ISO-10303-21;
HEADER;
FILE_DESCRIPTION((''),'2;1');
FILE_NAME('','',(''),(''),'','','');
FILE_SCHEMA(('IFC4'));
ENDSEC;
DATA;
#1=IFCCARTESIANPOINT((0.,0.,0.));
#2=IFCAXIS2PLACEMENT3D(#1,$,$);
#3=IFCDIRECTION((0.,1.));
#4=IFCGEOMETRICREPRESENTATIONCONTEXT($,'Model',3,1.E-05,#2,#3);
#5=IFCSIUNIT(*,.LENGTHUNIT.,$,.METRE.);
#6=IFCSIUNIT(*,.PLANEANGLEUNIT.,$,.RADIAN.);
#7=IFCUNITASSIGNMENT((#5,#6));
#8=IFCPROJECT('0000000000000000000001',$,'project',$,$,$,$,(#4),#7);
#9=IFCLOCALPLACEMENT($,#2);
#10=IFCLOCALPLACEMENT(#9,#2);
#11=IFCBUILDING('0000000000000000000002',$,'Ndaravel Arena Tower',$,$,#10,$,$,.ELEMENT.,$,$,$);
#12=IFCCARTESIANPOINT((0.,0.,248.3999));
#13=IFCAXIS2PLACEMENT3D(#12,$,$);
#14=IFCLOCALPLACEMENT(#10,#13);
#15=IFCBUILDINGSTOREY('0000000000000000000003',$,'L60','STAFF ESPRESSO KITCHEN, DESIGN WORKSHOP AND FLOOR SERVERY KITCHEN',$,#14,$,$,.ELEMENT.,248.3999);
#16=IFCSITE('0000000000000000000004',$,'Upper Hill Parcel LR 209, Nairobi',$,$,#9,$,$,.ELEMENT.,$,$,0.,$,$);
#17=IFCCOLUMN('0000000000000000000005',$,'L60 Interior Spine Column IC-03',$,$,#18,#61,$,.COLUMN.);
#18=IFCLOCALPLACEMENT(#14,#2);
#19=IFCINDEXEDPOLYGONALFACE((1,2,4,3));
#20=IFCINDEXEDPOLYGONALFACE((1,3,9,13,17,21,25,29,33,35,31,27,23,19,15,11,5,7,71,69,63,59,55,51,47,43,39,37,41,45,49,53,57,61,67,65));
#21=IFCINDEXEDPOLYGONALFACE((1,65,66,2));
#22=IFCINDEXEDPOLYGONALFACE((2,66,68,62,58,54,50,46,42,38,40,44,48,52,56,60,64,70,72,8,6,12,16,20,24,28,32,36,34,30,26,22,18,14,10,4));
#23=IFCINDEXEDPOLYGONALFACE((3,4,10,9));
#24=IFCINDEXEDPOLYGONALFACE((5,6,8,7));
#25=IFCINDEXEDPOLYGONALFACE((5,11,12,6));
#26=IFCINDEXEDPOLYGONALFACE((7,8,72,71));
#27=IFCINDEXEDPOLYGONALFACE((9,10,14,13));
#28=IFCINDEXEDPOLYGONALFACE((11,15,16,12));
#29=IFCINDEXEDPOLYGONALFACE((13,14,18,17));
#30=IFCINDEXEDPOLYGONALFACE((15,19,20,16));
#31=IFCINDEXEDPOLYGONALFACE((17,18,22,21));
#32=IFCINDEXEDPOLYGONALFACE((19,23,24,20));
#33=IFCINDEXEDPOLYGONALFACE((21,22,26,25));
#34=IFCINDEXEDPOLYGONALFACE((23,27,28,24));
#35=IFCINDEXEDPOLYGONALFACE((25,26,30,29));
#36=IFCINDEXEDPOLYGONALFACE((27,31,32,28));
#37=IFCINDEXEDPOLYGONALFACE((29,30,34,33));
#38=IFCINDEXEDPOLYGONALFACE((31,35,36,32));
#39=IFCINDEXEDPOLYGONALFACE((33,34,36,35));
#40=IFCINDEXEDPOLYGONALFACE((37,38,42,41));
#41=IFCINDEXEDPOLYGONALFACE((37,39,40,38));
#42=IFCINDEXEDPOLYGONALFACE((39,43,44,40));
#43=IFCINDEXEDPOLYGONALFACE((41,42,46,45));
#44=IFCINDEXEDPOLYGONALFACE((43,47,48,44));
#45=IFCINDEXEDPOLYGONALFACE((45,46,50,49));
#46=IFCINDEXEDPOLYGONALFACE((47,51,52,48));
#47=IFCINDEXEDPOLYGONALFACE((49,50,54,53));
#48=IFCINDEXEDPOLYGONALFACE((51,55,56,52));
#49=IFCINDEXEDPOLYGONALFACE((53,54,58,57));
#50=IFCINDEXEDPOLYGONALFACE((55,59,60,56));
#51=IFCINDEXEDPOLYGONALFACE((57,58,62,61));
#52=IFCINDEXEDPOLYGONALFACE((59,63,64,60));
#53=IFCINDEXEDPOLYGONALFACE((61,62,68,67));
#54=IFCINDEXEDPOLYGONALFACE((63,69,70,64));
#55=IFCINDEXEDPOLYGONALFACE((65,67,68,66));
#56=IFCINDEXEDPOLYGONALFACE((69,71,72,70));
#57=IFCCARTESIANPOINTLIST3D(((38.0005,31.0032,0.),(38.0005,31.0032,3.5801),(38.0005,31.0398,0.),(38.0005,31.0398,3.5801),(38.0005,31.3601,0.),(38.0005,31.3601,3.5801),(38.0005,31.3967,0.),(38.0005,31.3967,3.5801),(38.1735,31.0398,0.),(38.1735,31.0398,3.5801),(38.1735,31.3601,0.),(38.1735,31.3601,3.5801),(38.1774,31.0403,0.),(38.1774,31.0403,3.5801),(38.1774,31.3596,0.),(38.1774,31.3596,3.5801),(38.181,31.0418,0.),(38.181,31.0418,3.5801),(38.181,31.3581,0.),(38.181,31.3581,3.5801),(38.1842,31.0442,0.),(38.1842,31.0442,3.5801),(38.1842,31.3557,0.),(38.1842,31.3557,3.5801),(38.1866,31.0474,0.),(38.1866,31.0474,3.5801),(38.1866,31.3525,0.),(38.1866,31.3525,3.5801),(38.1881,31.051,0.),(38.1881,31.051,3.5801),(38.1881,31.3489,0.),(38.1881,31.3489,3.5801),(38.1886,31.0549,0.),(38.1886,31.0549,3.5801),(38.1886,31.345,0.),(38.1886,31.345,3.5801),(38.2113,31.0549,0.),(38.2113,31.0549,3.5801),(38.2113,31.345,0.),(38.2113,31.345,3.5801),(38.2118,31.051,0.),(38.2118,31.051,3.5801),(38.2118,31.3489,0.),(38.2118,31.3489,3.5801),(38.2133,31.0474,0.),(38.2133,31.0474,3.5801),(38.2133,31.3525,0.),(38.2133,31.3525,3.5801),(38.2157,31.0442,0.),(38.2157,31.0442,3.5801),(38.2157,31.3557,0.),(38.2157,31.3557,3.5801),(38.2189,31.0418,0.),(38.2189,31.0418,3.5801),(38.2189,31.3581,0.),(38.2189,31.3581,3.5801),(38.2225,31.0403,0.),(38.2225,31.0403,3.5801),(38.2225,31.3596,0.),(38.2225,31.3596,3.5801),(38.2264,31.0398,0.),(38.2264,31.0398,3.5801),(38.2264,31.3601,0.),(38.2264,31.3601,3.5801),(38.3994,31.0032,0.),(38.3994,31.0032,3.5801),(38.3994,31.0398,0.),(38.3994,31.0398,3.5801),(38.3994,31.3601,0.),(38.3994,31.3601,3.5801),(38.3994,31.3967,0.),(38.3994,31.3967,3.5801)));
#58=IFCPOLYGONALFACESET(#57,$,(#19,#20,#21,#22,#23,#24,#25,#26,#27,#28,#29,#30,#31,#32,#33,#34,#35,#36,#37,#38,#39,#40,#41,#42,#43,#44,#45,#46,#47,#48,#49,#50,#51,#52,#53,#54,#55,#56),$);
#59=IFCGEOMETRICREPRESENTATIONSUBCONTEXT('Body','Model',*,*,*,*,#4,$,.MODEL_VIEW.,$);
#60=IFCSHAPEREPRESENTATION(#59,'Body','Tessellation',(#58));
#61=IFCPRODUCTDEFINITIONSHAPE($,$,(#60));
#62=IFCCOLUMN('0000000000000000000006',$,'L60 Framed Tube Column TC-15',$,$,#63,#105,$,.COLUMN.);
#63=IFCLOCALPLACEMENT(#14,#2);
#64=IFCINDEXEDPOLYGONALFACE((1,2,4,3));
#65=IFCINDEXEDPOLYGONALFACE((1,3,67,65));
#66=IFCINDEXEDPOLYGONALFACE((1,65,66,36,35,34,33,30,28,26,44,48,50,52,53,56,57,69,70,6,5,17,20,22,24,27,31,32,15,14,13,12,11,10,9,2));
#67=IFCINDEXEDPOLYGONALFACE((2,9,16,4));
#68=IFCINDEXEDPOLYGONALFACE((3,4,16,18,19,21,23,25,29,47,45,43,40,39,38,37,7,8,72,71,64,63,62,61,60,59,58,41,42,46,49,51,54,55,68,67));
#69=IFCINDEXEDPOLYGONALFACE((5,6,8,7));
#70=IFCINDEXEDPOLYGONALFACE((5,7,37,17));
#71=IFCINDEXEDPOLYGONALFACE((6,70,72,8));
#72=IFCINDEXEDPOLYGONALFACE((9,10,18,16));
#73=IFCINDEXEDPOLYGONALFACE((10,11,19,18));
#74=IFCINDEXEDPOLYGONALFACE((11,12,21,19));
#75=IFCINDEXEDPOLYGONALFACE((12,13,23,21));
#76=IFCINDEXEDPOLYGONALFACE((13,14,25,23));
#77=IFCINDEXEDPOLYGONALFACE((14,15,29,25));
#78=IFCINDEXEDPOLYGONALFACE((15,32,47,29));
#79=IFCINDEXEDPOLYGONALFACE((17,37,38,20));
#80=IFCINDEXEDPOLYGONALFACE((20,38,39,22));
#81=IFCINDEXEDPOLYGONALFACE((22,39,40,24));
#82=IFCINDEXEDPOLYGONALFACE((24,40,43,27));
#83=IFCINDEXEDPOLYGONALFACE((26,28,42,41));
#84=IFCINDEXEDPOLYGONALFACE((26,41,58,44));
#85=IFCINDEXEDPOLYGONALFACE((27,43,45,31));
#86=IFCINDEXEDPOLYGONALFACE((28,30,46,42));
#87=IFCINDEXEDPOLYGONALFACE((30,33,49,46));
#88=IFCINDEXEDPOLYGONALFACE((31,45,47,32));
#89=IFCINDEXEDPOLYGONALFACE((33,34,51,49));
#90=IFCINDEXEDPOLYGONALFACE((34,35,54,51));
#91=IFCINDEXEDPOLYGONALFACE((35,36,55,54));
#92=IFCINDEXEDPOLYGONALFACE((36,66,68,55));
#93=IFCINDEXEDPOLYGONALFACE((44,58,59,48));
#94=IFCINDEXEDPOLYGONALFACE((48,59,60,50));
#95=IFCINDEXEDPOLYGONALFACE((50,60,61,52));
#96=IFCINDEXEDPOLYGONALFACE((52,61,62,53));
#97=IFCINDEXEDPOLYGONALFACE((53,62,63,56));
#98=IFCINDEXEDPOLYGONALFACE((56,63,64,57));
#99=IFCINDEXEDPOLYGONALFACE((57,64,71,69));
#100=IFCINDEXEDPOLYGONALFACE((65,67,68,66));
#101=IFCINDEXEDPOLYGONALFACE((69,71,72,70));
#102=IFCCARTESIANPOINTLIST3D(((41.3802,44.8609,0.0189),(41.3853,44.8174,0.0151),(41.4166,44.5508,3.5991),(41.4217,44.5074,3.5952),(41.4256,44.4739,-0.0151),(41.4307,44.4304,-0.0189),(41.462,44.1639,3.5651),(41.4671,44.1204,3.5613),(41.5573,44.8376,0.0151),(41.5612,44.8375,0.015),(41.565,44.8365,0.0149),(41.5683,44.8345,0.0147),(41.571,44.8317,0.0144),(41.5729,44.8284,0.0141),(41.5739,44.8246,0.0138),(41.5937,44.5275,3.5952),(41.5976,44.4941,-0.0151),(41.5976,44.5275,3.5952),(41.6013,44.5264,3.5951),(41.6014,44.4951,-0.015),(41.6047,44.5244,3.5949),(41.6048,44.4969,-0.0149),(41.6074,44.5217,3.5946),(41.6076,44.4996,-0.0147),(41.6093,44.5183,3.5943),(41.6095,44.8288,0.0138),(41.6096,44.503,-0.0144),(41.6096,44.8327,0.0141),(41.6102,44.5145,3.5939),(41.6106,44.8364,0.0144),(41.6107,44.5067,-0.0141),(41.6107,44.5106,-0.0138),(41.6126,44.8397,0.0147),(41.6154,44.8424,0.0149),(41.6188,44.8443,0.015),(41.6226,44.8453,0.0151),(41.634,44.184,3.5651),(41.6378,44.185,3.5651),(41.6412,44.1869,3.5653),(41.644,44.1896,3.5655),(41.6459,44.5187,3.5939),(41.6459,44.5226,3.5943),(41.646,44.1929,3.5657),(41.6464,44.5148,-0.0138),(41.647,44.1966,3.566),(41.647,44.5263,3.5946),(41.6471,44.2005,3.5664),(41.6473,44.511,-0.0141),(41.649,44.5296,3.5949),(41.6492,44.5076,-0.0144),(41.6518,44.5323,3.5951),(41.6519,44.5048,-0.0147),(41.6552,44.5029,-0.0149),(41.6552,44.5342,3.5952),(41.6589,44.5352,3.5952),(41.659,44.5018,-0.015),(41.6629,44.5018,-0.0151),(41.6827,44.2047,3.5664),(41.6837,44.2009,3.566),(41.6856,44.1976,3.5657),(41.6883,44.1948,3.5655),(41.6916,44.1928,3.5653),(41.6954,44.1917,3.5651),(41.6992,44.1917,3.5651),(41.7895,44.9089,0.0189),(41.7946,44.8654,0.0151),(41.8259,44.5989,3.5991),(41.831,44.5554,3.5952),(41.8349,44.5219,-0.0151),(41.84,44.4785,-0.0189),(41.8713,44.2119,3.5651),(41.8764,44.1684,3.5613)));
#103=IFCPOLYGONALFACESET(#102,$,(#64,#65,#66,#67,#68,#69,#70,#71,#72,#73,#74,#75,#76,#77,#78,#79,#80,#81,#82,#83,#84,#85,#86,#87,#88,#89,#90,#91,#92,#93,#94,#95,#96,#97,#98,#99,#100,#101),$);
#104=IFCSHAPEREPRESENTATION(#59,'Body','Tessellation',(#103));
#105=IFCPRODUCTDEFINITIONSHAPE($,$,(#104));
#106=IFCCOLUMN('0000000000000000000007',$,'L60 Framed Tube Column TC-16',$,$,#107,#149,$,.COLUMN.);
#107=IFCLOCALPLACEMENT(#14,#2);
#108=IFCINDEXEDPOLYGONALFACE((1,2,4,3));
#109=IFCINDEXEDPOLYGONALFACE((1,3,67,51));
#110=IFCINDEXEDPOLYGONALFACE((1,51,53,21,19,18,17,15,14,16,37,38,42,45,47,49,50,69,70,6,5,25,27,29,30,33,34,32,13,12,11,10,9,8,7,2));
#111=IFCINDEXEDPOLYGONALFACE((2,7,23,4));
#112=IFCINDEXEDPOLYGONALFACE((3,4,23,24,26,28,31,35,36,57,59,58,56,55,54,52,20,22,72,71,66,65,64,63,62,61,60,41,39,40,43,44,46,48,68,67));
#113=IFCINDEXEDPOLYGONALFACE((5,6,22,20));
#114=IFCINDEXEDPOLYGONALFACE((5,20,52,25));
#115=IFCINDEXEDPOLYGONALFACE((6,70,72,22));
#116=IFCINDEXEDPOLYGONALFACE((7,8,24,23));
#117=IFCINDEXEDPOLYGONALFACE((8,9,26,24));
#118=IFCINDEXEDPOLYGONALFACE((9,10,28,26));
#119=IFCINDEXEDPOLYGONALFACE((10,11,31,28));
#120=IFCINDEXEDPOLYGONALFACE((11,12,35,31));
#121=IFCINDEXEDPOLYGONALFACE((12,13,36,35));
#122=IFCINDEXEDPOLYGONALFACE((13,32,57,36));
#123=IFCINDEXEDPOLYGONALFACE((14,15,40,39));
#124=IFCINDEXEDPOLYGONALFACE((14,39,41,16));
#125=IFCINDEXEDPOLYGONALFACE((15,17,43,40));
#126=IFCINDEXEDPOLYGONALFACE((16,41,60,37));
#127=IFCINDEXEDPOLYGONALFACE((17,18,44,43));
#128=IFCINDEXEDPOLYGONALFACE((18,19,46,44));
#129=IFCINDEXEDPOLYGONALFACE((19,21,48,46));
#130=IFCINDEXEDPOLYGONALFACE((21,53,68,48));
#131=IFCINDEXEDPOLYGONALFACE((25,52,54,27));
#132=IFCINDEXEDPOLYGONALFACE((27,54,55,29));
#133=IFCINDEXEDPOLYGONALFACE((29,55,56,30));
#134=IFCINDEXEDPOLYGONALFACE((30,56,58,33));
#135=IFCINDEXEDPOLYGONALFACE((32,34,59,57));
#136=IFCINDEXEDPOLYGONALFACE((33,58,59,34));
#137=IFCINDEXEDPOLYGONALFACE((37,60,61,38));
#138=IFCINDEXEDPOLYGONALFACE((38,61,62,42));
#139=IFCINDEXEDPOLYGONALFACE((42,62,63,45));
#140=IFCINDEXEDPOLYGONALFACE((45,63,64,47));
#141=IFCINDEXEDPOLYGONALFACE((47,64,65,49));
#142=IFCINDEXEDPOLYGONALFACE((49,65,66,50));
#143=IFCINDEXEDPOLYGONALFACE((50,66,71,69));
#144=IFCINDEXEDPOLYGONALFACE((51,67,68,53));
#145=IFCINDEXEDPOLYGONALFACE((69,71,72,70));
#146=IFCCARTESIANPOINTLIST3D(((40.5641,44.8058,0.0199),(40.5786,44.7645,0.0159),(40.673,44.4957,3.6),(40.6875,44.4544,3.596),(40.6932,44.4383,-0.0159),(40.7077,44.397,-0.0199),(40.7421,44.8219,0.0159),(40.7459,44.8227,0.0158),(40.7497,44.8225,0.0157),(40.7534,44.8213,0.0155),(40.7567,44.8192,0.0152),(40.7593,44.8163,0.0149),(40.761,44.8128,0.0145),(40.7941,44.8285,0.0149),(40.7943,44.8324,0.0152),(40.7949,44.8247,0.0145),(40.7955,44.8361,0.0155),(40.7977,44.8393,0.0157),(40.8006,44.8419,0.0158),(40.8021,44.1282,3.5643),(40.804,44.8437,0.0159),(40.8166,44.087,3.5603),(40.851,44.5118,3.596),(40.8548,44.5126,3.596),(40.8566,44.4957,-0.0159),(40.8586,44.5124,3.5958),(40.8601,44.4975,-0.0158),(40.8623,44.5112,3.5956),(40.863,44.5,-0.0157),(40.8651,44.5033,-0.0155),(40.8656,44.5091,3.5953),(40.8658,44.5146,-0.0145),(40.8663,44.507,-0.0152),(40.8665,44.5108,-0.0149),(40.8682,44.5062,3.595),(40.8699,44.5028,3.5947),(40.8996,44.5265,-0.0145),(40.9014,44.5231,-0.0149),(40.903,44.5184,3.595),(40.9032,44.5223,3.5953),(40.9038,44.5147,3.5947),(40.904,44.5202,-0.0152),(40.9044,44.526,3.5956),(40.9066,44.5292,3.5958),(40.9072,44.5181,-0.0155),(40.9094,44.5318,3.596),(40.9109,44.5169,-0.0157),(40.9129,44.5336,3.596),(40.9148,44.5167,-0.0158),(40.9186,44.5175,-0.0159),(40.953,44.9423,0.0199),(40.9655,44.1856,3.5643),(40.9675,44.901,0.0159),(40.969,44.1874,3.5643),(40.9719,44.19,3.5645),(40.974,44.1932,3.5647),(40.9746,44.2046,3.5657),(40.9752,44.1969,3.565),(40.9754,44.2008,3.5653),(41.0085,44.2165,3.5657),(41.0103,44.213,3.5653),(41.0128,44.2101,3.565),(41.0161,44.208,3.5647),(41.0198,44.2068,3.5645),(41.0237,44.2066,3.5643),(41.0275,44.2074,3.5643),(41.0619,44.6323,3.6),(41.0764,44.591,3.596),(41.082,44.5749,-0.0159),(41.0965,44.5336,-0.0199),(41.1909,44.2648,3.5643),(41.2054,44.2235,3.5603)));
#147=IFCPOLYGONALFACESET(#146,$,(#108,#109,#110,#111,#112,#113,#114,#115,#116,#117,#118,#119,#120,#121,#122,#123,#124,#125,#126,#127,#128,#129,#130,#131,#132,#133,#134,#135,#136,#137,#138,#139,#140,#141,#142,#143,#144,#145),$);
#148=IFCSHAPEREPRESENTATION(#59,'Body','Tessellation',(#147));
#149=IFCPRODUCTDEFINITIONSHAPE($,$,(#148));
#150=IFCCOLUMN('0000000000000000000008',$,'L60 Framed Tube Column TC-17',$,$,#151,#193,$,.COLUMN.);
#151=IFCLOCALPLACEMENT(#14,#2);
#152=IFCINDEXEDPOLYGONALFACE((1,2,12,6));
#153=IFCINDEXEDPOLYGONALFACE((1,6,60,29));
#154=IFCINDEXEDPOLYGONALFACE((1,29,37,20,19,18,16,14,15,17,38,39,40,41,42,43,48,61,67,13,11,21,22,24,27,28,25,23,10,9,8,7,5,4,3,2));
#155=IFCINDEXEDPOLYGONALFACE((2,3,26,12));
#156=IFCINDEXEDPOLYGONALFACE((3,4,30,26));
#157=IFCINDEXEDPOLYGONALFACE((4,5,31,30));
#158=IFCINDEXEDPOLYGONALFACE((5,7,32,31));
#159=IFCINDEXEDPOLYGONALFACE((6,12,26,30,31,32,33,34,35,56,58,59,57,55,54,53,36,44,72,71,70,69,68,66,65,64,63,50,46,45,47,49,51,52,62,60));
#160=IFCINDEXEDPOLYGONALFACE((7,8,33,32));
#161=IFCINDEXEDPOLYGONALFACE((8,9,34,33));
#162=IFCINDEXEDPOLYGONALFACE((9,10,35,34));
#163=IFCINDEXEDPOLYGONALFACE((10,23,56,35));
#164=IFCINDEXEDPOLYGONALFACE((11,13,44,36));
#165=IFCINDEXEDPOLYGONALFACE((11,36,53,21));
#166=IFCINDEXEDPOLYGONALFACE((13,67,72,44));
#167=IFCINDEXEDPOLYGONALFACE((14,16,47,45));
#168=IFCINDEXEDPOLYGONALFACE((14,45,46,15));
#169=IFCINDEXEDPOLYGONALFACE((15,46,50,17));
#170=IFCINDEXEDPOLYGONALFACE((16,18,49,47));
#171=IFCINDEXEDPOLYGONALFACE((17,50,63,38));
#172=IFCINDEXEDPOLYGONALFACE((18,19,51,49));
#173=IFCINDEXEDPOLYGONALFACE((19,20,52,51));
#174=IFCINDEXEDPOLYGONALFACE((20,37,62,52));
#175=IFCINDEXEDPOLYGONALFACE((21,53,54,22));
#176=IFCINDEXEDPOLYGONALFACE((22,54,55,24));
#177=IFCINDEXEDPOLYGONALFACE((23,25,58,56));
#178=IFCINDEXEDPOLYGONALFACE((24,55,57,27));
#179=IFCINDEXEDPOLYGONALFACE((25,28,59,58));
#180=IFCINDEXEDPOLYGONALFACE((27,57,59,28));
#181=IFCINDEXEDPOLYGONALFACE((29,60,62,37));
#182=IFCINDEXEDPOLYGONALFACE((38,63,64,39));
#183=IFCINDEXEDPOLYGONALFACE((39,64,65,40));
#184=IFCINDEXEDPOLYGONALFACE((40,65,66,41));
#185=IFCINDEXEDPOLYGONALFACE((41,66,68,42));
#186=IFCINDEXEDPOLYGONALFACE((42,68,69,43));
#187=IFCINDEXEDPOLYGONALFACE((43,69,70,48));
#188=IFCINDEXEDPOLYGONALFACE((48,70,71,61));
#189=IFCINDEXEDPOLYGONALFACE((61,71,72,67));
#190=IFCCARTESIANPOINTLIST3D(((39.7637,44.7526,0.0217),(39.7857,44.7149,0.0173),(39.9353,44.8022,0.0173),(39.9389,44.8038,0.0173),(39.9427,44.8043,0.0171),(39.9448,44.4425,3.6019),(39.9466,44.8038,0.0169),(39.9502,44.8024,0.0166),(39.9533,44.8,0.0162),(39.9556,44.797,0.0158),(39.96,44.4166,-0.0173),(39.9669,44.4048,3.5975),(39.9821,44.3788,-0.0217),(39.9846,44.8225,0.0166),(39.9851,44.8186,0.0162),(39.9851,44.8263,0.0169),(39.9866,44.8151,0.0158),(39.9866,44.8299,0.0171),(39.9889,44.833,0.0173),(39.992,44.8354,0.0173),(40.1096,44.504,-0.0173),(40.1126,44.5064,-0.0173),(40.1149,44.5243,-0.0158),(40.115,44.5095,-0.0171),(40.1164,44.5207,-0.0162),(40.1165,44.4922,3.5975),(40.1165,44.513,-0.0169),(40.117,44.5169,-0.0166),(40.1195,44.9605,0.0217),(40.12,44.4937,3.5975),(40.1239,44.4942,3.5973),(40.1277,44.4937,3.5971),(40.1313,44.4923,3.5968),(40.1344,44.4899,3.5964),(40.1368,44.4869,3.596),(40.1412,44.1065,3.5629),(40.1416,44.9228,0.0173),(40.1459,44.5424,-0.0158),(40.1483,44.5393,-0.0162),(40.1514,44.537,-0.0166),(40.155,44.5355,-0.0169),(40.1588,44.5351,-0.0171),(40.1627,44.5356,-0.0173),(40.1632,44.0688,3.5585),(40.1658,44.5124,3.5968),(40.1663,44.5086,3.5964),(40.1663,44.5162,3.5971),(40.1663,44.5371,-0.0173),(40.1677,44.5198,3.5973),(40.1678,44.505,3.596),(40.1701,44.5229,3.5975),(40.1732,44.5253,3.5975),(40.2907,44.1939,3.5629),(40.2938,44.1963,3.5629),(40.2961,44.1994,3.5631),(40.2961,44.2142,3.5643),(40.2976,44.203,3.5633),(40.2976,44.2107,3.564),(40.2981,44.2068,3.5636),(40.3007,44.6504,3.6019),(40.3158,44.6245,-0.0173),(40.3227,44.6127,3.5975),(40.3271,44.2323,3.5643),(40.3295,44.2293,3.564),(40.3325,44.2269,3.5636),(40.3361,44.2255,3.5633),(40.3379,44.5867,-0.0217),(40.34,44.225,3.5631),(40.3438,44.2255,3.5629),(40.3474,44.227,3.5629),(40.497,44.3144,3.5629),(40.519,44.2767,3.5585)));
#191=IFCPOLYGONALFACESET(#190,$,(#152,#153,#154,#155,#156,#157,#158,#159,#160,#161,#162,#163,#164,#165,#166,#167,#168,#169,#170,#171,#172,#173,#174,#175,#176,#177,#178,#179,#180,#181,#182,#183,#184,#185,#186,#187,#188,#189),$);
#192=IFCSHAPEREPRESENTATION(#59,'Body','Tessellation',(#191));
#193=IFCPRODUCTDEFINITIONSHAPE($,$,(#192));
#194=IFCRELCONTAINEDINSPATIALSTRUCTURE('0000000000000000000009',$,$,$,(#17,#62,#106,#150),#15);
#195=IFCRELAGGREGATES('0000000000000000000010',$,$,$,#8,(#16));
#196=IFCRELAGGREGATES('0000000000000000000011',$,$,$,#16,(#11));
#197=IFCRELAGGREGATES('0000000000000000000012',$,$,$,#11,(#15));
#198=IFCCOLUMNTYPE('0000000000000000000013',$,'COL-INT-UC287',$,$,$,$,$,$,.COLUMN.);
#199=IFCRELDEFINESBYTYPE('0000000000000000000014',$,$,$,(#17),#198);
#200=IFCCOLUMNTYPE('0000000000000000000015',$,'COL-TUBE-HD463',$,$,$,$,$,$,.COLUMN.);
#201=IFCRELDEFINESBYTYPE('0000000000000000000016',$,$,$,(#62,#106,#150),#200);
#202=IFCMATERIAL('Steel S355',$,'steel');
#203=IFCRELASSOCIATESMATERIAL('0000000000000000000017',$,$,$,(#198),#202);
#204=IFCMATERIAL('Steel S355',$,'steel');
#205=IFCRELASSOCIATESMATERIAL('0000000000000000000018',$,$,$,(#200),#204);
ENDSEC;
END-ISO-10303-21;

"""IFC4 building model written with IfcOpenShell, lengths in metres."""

from ifc_helpers import new_model, si_unit, direction, frame, origin, origin_2d, place, context, subcontext, project, spatial, i_section, extrude, material, material_profile, profile_set, type_object, element, save


model = new_model("IFC4")

# Units and contexts
model_context = context("Model", 3, precision=1e-05, world=origin(), true_north=direction((0.0, 1.0)))
body_context = subcontext(model_context, "Body", "Model", "MODEL_VIEW")
ifc_project = project(units=[si_unit("LENGTHUNIT", "METRE"), si_unit("PLANEANGLEUNIT", "RADIAN")], contexts=[model_context])

# Site, building, storey
site_placement = place(None, origin())
site = spatial("IfcSite", under=ifc_project, at=site_placement, Name="Upper Hill Parcel LR 209, Nairobi", CompositionType="ELEMENT", RefElevation=0.0)
building_placement = place(site_placement, origin())
building = spatial("IfcBuilding", under=site, at=building_placement, Name="Ndaravel Arena Tower", CompositionType="ELEMENT")
storey_placement = place(building_placement, frame((0.0, 0.0, 248.3999)))
storey = spatial("IfcBuildingStorey", under=building, at=storey_placement, Name="L60", Description="STAFF ESPRESSO KITCHEN, DESIGN WORKSHOP AND FLOOR SERVERY KITCHEN", CompositionType="ELEMENT", Elevation=248.3999)

# Columns
ifc_material_1 = material(Name="Steel S355", Category="steel")
ifc_material_profile_1 = material_profile(ifc_material_1, i_section(OverallWidth=0.3989, OverallDepth=0.3936, WebThickness=0.0227, FlangeThickness=0.0366, FilletRadius=0.0151, at=origin_2d()), Name="UC 356x406x287")
ifc_profile_set_1 = profile_set([ifc_material_profile_1], Name="Steel S355")
column_type_1 = type_object("IfcColumnType", Name="COL-INT-UC287", PredefinedType="COLUMN", material=ifc_profile_set_1)
column_1_placement = place(storey_placement, frame((38.2, 31.2, 0.0), z_axis=(0.0, 0.0, 1.0), x_axis=(1.0, 0.0, 0.0)))
element("IfcColumn", 1, at=column_1_placement, inside=storey, type_object=column_type_1, Name="L60 Interior Spine Column IC-03", PredefinedType="COLUMN", context=body_context, shape_type="SweptSolid", body=[
    extrude(i_section(OverallWidth=0.3989, OverallDepth=0.3936, WebThickness=0.0227, FlangeThickness=0.0366, FilletRadius=0.0151, at=origin_2d()), origin(), (0.0, 0.0, 1.0), 3.5801),
])
ifc_material_2 = material(Name="Steel S355", Category="steel")
ifc_material_profile_2 = material_profile(ifc_material_2, i_section(OverallWidth=0.4121, OverallDepth=0.4351, WebThickness=0.0359, FlangeThickness=0.0439, FilletRadius=0.0149, at=origin_2d()), Name="HD 400x463")
ifc_profile_set_2 = profile_set([ifc_material_profile_2], Name="Steel S355")
column_type_2 = type_object("IfcColumnType", Name="COL-TUBE-HD463", PredefinedType="COLUMN", material=ifc_profile_set_2)
column_2_placement = place(storey_placement, frame((41.6101, 44.6697, 0.0), z_axis=(0.010123, -0.086279, 0.99622), x_axis=(0.993188, 0.116524, 0.0)))
element("IfcColumn", 2, at=column_2_placement, inside=storey, type_object=column_type_2, Name="L60 Framed Tube Column TC-15", PredefinedType="COLUMN", context=body_context, shape_type="SweptSolid", body=[
    extrude(i_section(OverallWidth=0.4121, OverallDepth=0.4351, WebThickness=0.0359, FlangeThickness=0.0439, FilletRadius=0.0149, at=origin_2d()), origin(), (0.0, 0.0, 1.0), 3.5938),
])
column_3_placement = place(storey_placement, frame((40.8303, 44.6697, 0.0), z_axis=(0.030287, -0.086244, 0.995814), x_axis=(0.94351, 0.331343, 0.0)))
element("IfcColumn", 3, at=column_3_placement, inside=storey, type_object=column_type_2, Name="L60 Framed Tube Column TC-16", PredefinedType="COLUMN", context=body_context, shape_type="SweptSolid", body=[
    extrude(i_section(OverallWidth=0.4121, OverallDepth=0.4351, WebThickness=0.0359, FlangeThickness=0.0439, FilletRadius=0.0149, at=origin_2d()), origin(), (0.0, 0.0, 1.0), 3.5952),
])
column_4_placement = place(storey_placement, frame((40.0508, 44.6697, 0.0), z_axis=(0.050347, -0.086174, 0.995007), x_axis=(0.863433, 0.504463, 0.0)))
element("IfcColumn", 4, at=column_4_placement, inside=storey, type_object=column_type_2, Name="L60 Framed Tube Column TC-17", PredefinedType="COLUMN", context=body_context, shape_type="SweptSolid", body=[
    extrude(i_section(OverallWidth=0.4121, OverallDepth=0.4351, WebThickness=0.0359, FlangeThickness=0.0439, FilletRadius=0.0149, at=origin_2d()), origin(), (0.0, 0.0, 1.0), 3.5981),
])

save(model, "model.ifc")
